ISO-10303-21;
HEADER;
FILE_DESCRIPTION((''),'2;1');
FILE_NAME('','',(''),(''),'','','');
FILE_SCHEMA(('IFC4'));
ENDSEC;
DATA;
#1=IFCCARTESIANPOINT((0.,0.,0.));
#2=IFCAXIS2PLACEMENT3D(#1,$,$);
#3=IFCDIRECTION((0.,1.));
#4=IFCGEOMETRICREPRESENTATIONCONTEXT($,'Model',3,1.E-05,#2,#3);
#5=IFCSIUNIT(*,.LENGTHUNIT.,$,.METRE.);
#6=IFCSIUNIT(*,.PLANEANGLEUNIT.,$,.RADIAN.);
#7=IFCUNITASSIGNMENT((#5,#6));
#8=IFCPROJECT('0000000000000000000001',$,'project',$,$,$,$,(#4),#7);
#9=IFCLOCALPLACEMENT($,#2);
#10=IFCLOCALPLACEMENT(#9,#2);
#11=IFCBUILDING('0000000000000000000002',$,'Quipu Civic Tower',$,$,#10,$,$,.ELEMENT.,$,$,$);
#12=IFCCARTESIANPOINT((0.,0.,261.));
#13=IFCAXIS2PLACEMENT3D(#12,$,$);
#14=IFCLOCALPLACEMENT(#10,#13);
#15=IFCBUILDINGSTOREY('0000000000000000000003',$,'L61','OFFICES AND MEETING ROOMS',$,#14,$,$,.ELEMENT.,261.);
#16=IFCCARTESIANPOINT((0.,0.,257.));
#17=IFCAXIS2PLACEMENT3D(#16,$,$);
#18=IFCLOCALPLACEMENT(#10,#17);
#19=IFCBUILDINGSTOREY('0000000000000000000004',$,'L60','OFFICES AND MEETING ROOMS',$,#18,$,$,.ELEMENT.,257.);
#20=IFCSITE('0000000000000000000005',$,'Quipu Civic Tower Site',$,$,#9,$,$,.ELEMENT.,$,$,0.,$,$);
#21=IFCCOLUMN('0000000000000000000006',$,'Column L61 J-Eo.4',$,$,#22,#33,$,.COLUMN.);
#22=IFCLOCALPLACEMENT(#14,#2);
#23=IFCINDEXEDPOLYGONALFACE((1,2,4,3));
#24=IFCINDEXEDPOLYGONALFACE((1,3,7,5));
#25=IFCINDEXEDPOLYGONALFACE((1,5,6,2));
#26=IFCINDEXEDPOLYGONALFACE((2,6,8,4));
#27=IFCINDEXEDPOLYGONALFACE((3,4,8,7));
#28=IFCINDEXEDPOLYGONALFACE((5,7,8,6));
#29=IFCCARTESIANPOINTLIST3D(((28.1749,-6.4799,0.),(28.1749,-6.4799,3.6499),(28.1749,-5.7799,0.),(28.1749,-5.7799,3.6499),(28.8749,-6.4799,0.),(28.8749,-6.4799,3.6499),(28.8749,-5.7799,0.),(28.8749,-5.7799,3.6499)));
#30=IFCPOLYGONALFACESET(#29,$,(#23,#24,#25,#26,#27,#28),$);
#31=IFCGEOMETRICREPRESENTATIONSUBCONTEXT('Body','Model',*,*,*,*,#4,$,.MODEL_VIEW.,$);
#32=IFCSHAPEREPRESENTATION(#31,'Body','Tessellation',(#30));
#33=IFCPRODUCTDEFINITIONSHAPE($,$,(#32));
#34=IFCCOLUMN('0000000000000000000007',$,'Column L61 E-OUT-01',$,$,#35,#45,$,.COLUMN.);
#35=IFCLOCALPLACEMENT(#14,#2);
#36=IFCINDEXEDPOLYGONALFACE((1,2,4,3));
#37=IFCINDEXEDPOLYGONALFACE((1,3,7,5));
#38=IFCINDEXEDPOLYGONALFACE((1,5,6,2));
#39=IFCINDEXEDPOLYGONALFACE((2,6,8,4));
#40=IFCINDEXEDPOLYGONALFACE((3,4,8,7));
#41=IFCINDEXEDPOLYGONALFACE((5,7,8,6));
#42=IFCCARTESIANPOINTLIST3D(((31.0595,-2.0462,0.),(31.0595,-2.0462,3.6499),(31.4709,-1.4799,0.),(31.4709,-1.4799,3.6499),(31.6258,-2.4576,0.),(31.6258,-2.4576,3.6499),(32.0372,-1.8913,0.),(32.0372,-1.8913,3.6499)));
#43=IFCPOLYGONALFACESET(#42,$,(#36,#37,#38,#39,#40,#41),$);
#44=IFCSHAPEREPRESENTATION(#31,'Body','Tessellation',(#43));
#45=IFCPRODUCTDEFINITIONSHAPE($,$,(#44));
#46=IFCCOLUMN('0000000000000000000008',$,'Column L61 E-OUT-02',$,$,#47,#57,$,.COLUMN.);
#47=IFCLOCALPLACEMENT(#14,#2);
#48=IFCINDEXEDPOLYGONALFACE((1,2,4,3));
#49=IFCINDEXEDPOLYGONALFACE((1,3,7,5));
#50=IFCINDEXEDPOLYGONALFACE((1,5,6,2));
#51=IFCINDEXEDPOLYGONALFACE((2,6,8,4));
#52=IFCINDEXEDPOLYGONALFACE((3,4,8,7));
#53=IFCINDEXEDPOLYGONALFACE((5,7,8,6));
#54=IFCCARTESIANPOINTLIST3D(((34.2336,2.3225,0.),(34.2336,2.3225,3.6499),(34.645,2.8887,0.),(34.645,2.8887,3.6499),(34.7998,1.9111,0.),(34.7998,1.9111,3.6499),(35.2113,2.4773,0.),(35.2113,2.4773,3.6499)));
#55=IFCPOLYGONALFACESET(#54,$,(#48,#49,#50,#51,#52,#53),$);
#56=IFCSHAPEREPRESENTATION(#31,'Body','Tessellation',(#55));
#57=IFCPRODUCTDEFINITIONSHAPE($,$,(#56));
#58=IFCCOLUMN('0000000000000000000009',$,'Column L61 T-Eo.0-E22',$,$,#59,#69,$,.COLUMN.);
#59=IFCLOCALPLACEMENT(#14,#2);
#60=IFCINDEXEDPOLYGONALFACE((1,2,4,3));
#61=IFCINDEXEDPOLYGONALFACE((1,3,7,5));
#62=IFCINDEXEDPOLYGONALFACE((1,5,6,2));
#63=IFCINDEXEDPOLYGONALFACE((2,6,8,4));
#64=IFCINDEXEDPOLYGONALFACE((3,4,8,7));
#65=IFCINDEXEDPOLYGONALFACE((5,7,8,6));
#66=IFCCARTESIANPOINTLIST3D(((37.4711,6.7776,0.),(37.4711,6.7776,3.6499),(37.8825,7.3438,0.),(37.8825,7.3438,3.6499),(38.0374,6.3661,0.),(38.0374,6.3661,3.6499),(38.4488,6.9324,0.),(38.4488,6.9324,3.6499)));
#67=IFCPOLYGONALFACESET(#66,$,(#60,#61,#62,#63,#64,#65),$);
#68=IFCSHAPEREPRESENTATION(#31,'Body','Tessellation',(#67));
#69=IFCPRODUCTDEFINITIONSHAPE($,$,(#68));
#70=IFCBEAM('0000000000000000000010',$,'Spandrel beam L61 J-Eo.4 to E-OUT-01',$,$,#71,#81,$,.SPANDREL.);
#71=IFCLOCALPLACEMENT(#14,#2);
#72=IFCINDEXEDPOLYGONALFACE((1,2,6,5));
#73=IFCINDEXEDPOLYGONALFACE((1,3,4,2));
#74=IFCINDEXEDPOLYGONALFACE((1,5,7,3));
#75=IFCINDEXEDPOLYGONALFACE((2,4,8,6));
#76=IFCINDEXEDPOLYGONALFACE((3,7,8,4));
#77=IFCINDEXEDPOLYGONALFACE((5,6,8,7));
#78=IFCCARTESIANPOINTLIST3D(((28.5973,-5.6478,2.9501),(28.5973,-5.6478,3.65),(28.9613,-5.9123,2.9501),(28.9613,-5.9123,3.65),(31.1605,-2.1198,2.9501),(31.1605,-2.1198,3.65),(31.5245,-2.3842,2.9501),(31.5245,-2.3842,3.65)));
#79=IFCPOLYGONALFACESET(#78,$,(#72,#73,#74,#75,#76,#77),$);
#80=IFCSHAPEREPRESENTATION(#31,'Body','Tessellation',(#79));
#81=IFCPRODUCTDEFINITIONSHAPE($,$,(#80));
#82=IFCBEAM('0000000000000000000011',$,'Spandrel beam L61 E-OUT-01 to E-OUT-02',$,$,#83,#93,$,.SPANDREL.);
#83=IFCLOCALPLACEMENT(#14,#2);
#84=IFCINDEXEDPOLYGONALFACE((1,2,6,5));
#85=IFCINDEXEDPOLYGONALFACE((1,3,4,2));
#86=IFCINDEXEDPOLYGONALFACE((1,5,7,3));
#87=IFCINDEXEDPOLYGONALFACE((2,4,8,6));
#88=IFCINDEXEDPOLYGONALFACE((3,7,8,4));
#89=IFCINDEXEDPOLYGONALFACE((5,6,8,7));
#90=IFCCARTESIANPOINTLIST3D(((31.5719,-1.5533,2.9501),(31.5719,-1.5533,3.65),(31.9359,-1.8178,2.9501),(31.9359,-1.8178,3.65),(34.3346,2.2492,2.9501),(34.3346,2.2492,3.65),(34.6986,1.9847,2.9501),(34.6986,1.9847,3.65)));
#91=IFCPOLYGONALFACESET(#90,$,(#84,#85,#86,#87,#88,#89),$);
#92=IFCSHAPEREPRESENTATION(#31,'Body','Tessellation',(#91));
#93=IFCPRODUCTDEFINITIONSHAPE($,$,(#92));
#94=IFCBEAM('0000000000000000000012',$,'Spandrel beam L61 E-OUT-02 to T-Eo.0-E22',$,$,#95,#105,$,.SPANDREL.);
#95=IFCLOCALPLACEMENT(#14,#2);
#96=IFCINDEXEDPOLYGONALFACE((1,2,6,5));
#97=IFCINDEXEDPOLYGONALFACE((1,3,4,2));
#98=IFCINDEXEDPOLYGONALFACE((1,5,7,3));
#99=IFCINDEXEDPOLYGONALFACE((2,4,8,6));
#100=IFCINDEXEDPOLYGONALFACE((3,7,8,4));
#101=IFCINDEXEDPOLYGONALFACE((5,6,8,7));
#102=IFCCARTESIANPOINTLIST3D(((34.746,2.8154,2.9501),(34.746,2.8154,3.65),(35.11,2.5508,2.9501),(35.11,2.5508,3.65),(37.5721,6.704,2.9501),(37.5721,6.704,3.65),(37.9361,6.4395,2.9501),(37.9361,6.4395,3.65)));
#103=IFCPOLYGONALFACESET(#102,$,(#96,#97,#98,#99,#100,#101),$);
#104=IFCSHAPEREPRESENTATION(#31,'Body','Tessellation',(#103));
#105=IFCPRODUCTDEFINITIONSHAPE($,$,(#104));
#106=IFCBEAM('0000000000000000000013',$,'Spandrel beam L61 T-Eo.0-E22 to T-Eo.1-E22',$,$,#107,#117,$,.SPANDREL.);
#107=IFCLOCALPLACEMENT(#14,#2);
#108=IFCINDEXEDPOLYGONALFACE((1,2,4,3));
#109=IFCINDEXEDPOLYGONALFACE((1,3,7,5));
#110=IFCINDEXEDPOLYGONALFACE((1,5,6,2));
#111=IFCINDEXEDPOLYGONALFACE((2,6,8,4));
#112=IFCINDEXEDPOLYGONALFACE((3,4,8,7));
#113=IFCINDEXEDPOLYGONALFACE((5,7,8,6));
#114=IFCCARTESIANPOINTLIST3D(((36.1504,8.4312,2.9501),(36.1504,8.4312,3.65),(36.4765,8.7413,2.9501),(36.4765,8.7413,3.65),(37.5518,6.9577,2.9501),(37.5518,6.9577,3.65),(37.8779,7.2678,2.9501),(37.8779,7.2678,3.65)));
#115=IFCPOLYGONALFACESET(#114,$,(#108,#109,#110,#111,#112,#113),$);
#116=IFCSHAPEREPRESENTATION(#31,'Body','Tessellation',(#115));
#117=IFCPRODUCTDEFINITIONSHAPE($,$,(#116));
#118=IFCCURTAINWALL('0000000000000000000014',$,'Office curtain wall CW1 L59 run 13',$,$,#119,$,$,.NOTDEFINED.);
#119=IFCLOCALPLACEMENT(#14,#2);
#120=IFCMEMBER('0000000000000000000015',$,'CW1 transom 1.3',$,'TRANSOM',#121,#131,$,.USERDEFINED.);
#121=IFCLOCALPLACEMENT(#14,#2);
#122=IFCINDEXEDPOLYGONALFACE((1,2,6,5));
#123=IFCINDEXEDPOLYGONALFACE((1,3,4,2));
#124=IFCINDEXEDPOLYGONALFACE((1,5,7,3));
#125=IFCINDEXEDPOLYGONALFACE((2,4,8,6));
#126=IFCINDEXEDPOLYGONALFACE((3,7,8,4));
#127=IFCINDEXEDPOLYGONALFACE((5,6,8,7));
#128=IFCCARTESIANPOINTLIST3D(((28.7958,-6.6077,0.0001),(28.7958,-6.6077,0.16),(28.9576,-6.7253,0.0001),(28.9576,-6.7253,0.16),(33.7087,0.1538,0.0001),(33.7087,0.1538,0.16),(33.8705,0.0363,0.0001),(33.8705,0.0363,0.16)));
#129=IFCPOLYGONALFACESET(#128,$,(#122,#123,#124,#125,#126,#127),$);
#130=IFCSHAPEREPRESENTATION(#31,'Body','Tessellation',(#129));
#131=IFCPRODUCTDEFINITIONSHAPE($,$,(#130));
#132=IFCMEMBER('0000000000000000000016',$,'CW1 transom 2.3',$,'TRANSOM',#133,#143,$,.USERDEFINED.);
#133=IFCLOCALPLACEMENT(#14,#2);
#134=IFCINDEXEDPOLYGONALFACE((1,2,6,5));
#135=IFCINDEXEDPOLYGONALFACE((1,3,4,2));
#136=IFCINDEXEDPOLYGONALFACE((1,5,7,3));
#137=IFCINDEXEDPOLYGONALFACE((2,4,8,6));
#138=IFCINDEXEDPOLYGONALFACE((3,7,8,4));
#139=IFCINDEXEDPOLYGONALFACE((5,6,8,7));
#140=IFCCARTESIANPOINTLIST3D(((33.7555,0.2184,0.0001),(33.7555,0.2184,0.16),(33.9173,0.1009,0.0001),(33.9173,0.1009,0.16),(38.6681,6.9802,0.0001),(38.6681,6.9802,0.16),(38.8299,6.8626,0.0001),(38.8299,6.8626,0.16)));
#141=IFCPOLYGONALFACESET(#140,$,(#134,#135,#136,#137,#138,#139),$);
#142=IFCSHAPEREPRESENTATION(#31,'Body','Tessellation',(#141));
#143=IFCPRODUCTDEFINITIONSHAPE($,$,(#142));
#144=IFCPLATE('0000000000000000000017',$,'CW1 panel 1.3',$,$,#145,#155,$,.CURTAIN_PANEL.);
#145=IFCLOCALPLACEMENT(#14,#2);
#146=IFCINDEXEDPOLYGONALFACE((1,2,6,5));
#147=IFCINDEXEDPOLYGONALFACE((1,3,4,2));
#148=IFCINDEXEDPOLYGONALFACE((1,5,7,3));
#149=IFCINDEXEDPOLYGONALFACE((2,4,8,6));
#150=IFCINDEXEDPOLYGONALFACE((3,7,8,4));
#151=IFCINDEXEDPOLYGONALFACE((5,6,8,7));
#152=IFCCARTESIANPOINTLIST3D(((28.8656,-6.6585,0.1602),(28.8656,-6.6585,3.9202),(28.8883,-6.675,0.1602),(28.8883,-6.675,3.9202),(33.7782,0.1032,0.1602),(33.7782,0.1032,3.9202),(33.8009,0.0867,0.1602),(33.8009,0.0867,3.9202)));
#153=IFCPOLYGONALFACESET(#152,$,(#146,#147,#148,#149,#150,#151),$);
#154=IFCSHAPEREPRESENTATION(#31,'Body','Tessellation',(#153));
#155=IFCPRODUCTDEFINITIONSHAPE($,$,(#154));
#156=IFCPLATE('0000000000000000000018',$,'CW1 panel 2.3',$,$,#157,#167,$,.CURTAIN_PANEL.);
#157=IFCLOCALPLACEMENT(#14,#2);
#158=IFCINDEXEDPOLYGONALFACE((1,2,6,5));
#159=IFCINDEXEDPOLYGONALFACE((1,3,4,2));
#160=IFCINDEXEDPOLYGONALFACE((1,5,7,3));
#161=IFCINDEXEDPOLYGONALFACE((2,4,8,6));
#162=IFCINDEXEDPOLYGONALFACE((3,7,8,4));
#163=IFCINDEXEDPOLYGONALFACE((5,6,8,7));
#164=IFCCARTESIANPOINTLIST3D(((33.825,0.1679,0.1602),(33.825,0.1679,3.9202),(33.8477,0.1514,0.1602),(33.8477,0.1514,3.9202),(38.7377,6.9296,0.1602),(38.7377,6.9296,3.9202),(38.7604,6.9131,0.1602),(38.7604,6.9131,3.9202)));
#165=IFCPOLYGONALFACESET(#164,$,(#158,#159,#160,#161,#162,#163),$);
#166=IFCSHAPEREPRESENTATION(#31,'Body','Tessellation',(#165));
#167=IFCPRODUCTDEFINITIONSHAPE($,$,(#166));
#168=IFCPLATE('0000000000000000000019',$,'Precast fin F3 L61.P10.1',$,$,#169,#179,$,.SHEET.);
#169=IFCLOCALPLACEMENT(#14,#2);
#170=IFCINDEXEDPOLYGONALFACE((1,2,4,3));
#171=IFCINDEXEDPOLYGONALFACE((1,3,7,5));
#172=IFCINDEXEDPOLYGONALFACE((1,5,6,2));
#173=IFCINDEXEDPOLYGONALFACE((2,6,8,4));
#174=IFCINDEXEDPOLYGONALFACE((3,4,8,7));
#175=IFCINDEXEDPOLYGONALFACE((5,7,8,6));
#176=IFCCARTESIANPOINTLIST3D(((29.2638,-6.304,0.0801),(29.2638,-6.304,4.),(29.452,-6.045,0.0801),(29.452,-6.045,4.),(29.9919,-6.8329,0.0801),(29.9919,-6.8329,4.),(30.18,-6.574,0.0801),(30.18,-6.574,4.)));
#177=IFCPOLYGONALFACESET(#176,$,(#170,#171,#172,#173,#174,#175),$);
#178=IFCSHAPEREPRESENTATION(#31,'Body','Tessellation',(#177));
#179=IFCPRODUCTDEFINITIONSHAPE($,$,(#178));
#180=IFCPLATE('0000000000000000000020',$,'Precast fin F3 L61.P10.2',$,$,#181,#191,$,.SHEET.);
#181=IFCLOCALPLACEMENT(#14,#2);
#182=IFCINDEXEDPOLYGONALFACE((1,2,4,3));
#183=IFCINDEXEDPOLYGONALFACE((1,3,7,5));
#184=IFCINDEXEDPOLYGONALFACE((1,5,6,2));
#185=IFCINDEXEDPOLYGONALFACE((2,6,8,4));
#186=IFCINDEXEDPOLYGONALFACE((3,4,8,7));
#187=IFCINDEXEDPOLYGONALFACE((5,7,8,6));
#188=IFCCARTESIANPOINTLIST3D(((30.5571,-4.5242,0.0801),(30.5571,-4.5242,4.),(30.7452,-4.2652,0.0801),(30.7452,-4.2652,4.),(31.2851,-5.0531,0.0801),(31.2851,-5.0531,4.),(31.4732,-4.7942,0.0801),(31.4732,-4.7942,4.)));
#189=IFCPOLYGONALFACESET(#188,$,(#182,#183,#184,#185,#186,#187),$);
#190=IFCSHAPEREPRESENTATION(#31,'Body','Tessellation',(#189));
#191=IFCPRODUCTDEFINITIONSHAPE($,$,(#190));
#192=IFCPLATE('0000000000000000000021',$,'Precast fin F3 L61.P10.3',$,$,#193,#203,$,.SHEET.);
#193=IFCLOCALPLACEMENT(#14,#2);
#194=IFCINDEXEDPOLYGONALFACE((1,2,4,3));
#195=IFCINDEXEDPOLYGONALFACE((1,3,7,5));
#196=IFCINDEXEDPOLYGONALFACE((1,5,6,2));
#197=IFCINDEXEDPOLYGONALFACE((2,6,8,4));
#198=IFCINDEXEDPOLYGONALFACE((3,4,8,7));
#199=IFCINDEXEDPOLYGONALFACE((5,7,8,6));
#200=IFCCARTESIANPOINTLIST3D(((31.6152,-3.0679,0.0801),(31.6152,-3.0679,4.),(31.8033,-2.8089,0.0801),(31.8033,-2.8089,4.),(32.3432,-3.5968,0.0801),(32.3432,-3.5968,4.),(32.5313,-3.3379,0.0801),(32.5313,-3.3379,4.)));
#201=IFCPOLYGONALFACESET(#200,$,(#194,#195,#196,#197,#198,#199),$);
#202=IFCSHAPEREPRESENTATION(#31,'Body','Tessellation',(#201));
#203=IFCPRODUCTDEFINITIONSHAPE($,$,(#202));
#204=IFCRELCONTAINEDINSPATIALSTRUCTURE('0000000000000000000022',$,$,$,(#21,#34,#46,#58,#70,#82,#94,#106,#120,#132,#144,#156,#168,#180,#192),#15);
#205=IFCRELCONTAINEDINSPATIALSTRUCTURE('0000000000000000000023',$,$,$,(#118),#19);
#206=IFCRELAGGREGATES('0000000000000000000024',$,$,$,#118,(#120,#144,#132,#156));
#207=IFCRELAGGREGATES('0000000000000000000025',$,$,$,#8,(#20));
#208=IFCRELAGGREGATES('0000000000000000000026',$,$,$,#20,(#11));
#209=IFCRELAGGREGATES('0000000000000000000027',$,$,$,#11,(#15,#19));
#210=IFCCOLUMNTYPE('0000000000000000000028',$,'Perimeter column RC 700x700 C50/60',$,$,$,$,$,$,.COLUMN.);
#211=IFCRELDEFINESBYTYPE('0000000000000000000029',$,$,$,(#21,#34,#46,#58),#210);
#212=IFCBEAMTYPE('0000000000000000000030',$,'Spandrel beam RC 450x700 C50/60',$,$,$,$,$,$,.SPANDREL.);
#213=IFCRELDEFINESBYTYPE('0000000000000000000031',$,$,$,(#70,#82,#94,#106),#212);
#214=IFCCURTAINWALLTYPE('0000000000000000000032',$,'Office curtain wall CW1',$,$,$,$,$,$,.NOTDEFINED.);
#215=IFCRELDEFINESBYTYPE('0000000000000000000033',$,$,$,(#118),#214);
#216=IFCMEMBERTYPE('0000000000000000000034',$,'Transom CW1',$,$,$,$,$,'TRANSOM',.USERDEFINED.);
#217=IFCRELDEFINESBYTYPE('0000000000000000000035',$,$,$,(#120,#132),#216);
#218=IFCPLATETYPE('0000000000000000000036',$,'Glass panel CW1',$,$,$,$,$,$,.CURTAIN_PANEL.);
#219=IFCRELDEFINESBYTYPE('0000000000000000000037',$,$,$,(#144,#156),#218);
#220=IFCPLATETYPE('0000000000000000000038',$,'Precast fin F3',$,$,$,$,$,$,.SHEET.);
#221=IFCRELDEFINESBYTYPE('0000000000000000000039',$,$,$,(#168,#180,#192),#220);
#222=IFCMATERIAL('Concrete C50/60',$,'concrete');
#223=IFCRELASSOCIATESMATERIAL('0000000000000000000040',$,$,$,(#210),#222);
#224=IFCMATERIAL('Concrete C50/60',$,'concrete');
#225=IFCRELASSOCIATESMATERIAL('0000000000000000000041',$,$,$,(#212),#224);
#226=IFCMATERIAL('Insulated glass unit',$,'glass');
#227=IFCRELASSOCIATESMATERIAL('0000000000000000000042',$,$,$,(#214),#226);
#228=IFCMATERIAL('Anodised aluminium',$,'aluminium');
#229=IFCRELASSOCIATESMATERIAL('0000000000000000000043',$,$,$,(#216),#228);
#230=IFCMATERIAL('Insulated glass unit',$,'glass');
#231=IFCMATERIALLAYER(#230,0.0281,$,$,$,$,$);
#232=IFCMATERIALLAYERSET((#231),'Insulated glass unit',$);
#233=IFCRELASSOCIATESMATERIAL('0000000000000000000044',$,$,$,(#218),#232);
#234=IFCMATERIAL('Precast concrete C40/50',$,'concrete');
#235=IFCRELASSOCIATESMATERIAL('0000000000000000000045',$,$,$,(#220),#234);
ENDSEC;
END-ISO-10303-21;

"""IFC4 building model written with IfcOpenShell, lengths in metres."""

from ifc_helpers import new_model, si_unit, direction, frame, origin, origin_2d, place, context, subcontext, project, spatial, rectangle, extrude, material, layer, layer_set, material_profile, profile_set, type_object, element, aggregate, save


model = new_model("IFC4")

# Units and contexts
model_context = context("Model", 3, precision=1e-05, world=origin(), true_north=direction((0.0, 1.0)))
body_context = subcontext(model_context, "Body", "Model", "MODEL_VIEW")
ifc_project = project(units=[si_unit("LENGTHUNIT", "METRE"), si_unit("PLANEANGLEUNIT", "RADIAN")], contexts=[model_context])

# Site, building, storey
site_placement = place(None, origin())
site = spatial("IfcSite", under=ifc_project, at=site_placement, Name="Quipu Civic Tower Site", CompositionType="ELEMENT", RefElevation=0.0)
building_placement = place(site_placement, origin())
building = spatial("IfcBuilding", under=site, at=building_placement, Name="Quipu Civic Tower", CompositionType="ELEMENT")
storey_1_placement = place(building_placement, frame((0.0, 0.0, 261.0)))
storey_1 = spatial("IfcBuildingStorey", under=building, at=storey_1_placement, Name="L61", Description="OFFICES AND MEETING ROOMS", CompositionType="ELEMENT", Elevation=261.0)

# Columns
ifc_material_1 = material(Name="Concrete C50/60", Category="concrete")
ifc_material_profile_1 = material_profile(ifc_material_1, rectangle(XDim=0.7, YDim=0.7, at=origin_2d()), Name="RC700x700")
ifc_profile_set_1 = profile_set([ifc_material_profile_1], Name="Concrete C50/60")
column_type = type_object("IfcColumnType", Name="Perimeter column RC 700x700 C50/60", PredefinedType="COLUMN", material=ifc_profile_set_1)
for number, where, z_axis, x_axis, name in (
    (1, (28.5249, -6.1299, 0.0), (0.0, 0.0, 1.0), (1.0, 0.0, 0.0), "Column L61 J-Eo.4"),
    (2, (31.5483, -1.9688, 0.0), (0.0, 0.0, 1.0), (0.587785, 0.809017, 0.0), "Column L61 E-OUT-01"),
    (3, (34.7224, 2.3999, 0.0), (0.0, 0.0, 1.0), (0.587785, 0.809017, 0.0), "Column L61 E-OUT-02"),
    (4, (37.96, 6.855, 0.0), (0.0, 0.0, 1.0), (0.587785, 0.809017, 0.0), "Column L61 T-Eo.0-E22"),
):
    element("IfcColumn", number, at=place(storey_1_placement, frame(where, z_axis=z_axis, x_axis=x_axis)), inside=storey_1, type_object=column_type, Name=name, PredefinedType="COLUMN", context=body_context, shape_type="SweptSolid", body=[
        extrude(rectangle(XDim=0.7, YDim=0.7, at=origin_2d()), origin(), (0.0, 0.0, 1.0), 3.6499),
    ])

# Beams
ifc_material_2 = material(Name="Concrete C50/60", Category="concrete")
ifc_material_profile_2 = material_profile(ifc_material_2, rectangle(XDim=0.45, YDim=0.7, at=origin_2d()), Name="RC450x700")
ifc_profile_set_2 = profile_set([ifc_material_profile_2], Name="Concrete C50/60")
beam_type = type_object("IfcBeamType", Name="Spandrel beam RC 450x700 C50/60", PredefinedType="SPANDREL", material=ifc_profile_set_2)
beam_1_placement = place(storey_1_placement, frame((28.7793, -5.78, 3.3), z_axis=(0.587776, 0.809024, 0.0), x_axis=(-0.809024, 0.587776, 0.0)))
element("IfcBeam", 5, at=beam_1_placement, inside=storey_1, type_object=beam_type, Name="Spandrel beam L61 J-Eo.4 to E-OUT-01", PredefinedType="SPANDREL", context=body_context, shape_type="SweptSolid", body=[
    extrude(rectangle(XDim=0.45, YDim=0.7, at=origin_2d()), origin(), (0.0, 0.0, 1.0), 4.3608),
])
beam_2_placement = place(storey_1_placement, frame((31.7539, -1.6855, 3.3), z_axis=(0.587789, 0.809015, 0.0), x_axis=(-0.809015, 0.587789, 0.0)))
element("IfcBeam", 6, at=beam_2_placement, inside=storey_1, type_object=beam_type, Name="Spandrel beam L61 E-OUT-01 to E-OUT-02", PredefinedType="SPANDREL", context=body_context, shape_type="SweptSolid", body=[
    extrude(rectangle(XDim=0.45, YDim=0.7, at=origin_2d()), origin(), (0.0, 0.0, 1.0), 4.7002),
])
beam_3_placement = place(storey_1_placement, frame((34.928, 2.6831, 3.3), z_axis=(0.587906, 0.808929, 0.0), x_axis=(-0.808929, 0.587906, 0.0)))
element("IfcBeam", 7, at=beam_3_placement, inside=storey_1, type_object=beam_type, Name="Spandrel beam L61 E-OUT-02 to T-Eo.0-E22", PredefinedType="SPANDREL", context=body_context, shape_type="SweptSolid", body=[
    extrude(rectangle(XDim=0.45, YDim=0.7, at=origin_2d()), origin(), (0.0, 0.0, 1.0), 4.8071),
])
beam_4_placement = place(storey_1_placement, frame((37.7148, 7.1128, 3.3), z_axis=(-0.689175, 0.724595, 0.0), x_axis=(-0.724595, -0.689175, 0.0)))
element("IfcBeam", 8, at=beam_4_placement, inside=storey_1, type_object=beam_type, Name="Spandrel beam L61 T-Eo.0-E22 to T-Eo.1-E22", PredefinedType="SPANDREL", context=body_context, shape_type="SweptSolid", body=[
    extrude(rectangle(XDim=0.45, YDim=0.7, at=origin_2d()), origin(), (0.0, 0.0, 1.0), 2.0334),
])

# Shared definitions
storey_2_placement = place(building_placement, frame((0.0, 0.0, 257.0)))
storey_2 = spatial("IfcBuildingStorey", under=building, at=storey_2_placement, Name="L60", Description="OFFICES AND MEETING ROOMS", CompositionType="ELEMENT", Elevation=257.0)

# Curtain wall, members, plates
ifc_material_3 = material(Name="Insulated glass unit", Category="glass")
curtain_wall_type = type_object("IfcCurtainWallType", Name="Office curtain wall CW1", PredefinedType="NOTDEFINED", material=ifc_material_3)
curtain_wall_placement = place(storey_2_placement, origin())
curtain_wall = element("IfcCurtainWall", 9, at=curtain_wall_placement, inside=storey_2, type_object=curtain_wall_type, Name="Office curtain wall CW1 L59 run 13", PredefinedType="NOTDEFINED")
ifc_material_4 = material(Name="Anodised aluminium", Category="aluminium")
ifc_material_profile_3 = material_profile(ifc_material_4, rectangle(XDim=0.2, YDim=0.1599, at=origin_2d()), Name="RECT 200x160")
ifc_profile_set_3 = profile_set([ifc_material_profile_3], Name="Anodised aluminium")
member_type = type_object("IfcMemberType", Name="Transom CW1", ElementType="TRANSOM", PredefinedType="USERDEFINED", material=ifc_profile_set_3)
member_1_placement = place(storey_1_placement, frame((28.8767, -6.6665, 0.0801), z_axis=(0.587812, 0.808997, 0.0), x_axis=(-0.808997, 0.587812, 0.0)))
member_1 = element("IfcMember", 10, at=member_1_placement, inside=storey_1, type_object=member_type, Name="CW1 transom 1.3", ObjectType="TRANSOM", PredefinedType="USERDEFINED", context=body_context, shape_type="SweptSolid", body=[
    extrude(rectangle(XDim=0.2, YDim=0.1599, at=origin_2d()), origin(), (0.0, 0.0, 1.0), 8.3579),
])
member_2_placement = place(storey_1_placement, frame((33.8364, 0.1597, 0.0801), z_axis=(0.587779, 0.809021, 0.0), x_axis=(-0.809021, 0.587779, 0.0)))
member_2 = element("IfcMember", 11, at=member_2_placement, inside=storey_1, type_object=member_type, Name="CW1 transom 2.3", ObjectType="TRANSOM", PredefinedType="USERDEFINED", context=body_context, shape_type="SweptSolid", body=[
    extrude(rectangle(XDim=0.2, YDim=0.1599, at=origin_2d()), origin(), (0.0, 0.0, 1.0), 8.3579),
])
ifc_material_5 = material(Name="Insulated glass unit", Category="glass")
ifc_layer = layer(ifc_material_5, 0.0281)
ifc_layer_set = layer_set([ifc_layer], Name="Insulated glass unit")
plate_type_1 = type_object("IfcPlateType", Name="Glass panel CW1", PredefinedType="CURTAIN_PANEL", material=ifc_layer_set)
plate_1_placement = place(storey_1_placement, frame((31.3333, -3.2859, 0.1602), z_axis=(0.0, 0.0, 1.0), x_axis=(0.587786, 0.809016, 0.0)))
plate_1 = element("IfcPlate", 12, at=plate_1_placement, inside=storey_1, type_object=plate_type_1, Name="CW1 panel 1.3", PredefinedType="CURTAIN_PANEL", context=body_context, shape_type="SweptSolid", body=[
    extrude(rectangle(XDim=8.3579, YDim=0.0281, at=origin_2d()), origin(), (0.0, 0.0, 1.0), 3.76),
])
plate_2_placement = place(storey_1_placement, frame((36.2927, 3.5405, 0.1602), z_axis=(0.0, 0.0, 1.0), x_axis=(0.587786, 0.809016, 0.0)))
plate_2 = element("IfcPlate", 13, at=plate_2_placement, inside=storey_1, type_object=plate_type_1, Name="CW1 panel 2.3", PredefinedType="CURTAIN_PANEL", context=body_context, shape_type="SweptSolid", body=[
    extrude(rectangle(XDim=8.3579, YDim=0.0281, at=origin_2d()), origin(), (0.0, 0.0, 1.0), 3.76),
])
aggregate(curtain_wall, [member_1, plate_1, member_2, plate_2])

# Plates
ifc_material_6 = material(Name="Precast concrete C40/50", Category="concrete")
plate_type_2 = type_object("IfcPlateType", Name="Precast fin F3", PredefinedType="SHEET", material=ifc_material_6)
for number, where, z_axis, x_axis, name in (
    (14, (29.7219, -6.439, 0.0801), (0.0, 0.0, 1.0), (0.587787, 0.809016, 0.0), "Precast fin F3 L61.P10.1"),
    (15, (31.0151, -4.6592, 0.0801), (0.0, 0.0, 1.0), (0.587787, 0.809016, 0.0), "Precast fin F3 L61.P10.2"),
    (16, (32.0732, -3.2029, 0.0801), (0.0, 0.0, 1.0), (0.587787, 0.809016, 0.0), "Precast fin F3 L61.P10.3"),
):
    element("IfcPlate", number, at=place(storey_1_placement, frame(where, z_axis=z_axis, x_axis=x_axis)), inside=storey_1, type_object=plate_type_2, Name=name, PredefinedType="SHEET", context=body_context, shape_type="SweptSolid", body=[
        extrude(rectangle(XDim=0.3201, YDim=0.8999, at=origin_2d()), origin(), (0.0, 0.0, 1.0), 3.9199),
    ])

save(model, "model.ifc")
